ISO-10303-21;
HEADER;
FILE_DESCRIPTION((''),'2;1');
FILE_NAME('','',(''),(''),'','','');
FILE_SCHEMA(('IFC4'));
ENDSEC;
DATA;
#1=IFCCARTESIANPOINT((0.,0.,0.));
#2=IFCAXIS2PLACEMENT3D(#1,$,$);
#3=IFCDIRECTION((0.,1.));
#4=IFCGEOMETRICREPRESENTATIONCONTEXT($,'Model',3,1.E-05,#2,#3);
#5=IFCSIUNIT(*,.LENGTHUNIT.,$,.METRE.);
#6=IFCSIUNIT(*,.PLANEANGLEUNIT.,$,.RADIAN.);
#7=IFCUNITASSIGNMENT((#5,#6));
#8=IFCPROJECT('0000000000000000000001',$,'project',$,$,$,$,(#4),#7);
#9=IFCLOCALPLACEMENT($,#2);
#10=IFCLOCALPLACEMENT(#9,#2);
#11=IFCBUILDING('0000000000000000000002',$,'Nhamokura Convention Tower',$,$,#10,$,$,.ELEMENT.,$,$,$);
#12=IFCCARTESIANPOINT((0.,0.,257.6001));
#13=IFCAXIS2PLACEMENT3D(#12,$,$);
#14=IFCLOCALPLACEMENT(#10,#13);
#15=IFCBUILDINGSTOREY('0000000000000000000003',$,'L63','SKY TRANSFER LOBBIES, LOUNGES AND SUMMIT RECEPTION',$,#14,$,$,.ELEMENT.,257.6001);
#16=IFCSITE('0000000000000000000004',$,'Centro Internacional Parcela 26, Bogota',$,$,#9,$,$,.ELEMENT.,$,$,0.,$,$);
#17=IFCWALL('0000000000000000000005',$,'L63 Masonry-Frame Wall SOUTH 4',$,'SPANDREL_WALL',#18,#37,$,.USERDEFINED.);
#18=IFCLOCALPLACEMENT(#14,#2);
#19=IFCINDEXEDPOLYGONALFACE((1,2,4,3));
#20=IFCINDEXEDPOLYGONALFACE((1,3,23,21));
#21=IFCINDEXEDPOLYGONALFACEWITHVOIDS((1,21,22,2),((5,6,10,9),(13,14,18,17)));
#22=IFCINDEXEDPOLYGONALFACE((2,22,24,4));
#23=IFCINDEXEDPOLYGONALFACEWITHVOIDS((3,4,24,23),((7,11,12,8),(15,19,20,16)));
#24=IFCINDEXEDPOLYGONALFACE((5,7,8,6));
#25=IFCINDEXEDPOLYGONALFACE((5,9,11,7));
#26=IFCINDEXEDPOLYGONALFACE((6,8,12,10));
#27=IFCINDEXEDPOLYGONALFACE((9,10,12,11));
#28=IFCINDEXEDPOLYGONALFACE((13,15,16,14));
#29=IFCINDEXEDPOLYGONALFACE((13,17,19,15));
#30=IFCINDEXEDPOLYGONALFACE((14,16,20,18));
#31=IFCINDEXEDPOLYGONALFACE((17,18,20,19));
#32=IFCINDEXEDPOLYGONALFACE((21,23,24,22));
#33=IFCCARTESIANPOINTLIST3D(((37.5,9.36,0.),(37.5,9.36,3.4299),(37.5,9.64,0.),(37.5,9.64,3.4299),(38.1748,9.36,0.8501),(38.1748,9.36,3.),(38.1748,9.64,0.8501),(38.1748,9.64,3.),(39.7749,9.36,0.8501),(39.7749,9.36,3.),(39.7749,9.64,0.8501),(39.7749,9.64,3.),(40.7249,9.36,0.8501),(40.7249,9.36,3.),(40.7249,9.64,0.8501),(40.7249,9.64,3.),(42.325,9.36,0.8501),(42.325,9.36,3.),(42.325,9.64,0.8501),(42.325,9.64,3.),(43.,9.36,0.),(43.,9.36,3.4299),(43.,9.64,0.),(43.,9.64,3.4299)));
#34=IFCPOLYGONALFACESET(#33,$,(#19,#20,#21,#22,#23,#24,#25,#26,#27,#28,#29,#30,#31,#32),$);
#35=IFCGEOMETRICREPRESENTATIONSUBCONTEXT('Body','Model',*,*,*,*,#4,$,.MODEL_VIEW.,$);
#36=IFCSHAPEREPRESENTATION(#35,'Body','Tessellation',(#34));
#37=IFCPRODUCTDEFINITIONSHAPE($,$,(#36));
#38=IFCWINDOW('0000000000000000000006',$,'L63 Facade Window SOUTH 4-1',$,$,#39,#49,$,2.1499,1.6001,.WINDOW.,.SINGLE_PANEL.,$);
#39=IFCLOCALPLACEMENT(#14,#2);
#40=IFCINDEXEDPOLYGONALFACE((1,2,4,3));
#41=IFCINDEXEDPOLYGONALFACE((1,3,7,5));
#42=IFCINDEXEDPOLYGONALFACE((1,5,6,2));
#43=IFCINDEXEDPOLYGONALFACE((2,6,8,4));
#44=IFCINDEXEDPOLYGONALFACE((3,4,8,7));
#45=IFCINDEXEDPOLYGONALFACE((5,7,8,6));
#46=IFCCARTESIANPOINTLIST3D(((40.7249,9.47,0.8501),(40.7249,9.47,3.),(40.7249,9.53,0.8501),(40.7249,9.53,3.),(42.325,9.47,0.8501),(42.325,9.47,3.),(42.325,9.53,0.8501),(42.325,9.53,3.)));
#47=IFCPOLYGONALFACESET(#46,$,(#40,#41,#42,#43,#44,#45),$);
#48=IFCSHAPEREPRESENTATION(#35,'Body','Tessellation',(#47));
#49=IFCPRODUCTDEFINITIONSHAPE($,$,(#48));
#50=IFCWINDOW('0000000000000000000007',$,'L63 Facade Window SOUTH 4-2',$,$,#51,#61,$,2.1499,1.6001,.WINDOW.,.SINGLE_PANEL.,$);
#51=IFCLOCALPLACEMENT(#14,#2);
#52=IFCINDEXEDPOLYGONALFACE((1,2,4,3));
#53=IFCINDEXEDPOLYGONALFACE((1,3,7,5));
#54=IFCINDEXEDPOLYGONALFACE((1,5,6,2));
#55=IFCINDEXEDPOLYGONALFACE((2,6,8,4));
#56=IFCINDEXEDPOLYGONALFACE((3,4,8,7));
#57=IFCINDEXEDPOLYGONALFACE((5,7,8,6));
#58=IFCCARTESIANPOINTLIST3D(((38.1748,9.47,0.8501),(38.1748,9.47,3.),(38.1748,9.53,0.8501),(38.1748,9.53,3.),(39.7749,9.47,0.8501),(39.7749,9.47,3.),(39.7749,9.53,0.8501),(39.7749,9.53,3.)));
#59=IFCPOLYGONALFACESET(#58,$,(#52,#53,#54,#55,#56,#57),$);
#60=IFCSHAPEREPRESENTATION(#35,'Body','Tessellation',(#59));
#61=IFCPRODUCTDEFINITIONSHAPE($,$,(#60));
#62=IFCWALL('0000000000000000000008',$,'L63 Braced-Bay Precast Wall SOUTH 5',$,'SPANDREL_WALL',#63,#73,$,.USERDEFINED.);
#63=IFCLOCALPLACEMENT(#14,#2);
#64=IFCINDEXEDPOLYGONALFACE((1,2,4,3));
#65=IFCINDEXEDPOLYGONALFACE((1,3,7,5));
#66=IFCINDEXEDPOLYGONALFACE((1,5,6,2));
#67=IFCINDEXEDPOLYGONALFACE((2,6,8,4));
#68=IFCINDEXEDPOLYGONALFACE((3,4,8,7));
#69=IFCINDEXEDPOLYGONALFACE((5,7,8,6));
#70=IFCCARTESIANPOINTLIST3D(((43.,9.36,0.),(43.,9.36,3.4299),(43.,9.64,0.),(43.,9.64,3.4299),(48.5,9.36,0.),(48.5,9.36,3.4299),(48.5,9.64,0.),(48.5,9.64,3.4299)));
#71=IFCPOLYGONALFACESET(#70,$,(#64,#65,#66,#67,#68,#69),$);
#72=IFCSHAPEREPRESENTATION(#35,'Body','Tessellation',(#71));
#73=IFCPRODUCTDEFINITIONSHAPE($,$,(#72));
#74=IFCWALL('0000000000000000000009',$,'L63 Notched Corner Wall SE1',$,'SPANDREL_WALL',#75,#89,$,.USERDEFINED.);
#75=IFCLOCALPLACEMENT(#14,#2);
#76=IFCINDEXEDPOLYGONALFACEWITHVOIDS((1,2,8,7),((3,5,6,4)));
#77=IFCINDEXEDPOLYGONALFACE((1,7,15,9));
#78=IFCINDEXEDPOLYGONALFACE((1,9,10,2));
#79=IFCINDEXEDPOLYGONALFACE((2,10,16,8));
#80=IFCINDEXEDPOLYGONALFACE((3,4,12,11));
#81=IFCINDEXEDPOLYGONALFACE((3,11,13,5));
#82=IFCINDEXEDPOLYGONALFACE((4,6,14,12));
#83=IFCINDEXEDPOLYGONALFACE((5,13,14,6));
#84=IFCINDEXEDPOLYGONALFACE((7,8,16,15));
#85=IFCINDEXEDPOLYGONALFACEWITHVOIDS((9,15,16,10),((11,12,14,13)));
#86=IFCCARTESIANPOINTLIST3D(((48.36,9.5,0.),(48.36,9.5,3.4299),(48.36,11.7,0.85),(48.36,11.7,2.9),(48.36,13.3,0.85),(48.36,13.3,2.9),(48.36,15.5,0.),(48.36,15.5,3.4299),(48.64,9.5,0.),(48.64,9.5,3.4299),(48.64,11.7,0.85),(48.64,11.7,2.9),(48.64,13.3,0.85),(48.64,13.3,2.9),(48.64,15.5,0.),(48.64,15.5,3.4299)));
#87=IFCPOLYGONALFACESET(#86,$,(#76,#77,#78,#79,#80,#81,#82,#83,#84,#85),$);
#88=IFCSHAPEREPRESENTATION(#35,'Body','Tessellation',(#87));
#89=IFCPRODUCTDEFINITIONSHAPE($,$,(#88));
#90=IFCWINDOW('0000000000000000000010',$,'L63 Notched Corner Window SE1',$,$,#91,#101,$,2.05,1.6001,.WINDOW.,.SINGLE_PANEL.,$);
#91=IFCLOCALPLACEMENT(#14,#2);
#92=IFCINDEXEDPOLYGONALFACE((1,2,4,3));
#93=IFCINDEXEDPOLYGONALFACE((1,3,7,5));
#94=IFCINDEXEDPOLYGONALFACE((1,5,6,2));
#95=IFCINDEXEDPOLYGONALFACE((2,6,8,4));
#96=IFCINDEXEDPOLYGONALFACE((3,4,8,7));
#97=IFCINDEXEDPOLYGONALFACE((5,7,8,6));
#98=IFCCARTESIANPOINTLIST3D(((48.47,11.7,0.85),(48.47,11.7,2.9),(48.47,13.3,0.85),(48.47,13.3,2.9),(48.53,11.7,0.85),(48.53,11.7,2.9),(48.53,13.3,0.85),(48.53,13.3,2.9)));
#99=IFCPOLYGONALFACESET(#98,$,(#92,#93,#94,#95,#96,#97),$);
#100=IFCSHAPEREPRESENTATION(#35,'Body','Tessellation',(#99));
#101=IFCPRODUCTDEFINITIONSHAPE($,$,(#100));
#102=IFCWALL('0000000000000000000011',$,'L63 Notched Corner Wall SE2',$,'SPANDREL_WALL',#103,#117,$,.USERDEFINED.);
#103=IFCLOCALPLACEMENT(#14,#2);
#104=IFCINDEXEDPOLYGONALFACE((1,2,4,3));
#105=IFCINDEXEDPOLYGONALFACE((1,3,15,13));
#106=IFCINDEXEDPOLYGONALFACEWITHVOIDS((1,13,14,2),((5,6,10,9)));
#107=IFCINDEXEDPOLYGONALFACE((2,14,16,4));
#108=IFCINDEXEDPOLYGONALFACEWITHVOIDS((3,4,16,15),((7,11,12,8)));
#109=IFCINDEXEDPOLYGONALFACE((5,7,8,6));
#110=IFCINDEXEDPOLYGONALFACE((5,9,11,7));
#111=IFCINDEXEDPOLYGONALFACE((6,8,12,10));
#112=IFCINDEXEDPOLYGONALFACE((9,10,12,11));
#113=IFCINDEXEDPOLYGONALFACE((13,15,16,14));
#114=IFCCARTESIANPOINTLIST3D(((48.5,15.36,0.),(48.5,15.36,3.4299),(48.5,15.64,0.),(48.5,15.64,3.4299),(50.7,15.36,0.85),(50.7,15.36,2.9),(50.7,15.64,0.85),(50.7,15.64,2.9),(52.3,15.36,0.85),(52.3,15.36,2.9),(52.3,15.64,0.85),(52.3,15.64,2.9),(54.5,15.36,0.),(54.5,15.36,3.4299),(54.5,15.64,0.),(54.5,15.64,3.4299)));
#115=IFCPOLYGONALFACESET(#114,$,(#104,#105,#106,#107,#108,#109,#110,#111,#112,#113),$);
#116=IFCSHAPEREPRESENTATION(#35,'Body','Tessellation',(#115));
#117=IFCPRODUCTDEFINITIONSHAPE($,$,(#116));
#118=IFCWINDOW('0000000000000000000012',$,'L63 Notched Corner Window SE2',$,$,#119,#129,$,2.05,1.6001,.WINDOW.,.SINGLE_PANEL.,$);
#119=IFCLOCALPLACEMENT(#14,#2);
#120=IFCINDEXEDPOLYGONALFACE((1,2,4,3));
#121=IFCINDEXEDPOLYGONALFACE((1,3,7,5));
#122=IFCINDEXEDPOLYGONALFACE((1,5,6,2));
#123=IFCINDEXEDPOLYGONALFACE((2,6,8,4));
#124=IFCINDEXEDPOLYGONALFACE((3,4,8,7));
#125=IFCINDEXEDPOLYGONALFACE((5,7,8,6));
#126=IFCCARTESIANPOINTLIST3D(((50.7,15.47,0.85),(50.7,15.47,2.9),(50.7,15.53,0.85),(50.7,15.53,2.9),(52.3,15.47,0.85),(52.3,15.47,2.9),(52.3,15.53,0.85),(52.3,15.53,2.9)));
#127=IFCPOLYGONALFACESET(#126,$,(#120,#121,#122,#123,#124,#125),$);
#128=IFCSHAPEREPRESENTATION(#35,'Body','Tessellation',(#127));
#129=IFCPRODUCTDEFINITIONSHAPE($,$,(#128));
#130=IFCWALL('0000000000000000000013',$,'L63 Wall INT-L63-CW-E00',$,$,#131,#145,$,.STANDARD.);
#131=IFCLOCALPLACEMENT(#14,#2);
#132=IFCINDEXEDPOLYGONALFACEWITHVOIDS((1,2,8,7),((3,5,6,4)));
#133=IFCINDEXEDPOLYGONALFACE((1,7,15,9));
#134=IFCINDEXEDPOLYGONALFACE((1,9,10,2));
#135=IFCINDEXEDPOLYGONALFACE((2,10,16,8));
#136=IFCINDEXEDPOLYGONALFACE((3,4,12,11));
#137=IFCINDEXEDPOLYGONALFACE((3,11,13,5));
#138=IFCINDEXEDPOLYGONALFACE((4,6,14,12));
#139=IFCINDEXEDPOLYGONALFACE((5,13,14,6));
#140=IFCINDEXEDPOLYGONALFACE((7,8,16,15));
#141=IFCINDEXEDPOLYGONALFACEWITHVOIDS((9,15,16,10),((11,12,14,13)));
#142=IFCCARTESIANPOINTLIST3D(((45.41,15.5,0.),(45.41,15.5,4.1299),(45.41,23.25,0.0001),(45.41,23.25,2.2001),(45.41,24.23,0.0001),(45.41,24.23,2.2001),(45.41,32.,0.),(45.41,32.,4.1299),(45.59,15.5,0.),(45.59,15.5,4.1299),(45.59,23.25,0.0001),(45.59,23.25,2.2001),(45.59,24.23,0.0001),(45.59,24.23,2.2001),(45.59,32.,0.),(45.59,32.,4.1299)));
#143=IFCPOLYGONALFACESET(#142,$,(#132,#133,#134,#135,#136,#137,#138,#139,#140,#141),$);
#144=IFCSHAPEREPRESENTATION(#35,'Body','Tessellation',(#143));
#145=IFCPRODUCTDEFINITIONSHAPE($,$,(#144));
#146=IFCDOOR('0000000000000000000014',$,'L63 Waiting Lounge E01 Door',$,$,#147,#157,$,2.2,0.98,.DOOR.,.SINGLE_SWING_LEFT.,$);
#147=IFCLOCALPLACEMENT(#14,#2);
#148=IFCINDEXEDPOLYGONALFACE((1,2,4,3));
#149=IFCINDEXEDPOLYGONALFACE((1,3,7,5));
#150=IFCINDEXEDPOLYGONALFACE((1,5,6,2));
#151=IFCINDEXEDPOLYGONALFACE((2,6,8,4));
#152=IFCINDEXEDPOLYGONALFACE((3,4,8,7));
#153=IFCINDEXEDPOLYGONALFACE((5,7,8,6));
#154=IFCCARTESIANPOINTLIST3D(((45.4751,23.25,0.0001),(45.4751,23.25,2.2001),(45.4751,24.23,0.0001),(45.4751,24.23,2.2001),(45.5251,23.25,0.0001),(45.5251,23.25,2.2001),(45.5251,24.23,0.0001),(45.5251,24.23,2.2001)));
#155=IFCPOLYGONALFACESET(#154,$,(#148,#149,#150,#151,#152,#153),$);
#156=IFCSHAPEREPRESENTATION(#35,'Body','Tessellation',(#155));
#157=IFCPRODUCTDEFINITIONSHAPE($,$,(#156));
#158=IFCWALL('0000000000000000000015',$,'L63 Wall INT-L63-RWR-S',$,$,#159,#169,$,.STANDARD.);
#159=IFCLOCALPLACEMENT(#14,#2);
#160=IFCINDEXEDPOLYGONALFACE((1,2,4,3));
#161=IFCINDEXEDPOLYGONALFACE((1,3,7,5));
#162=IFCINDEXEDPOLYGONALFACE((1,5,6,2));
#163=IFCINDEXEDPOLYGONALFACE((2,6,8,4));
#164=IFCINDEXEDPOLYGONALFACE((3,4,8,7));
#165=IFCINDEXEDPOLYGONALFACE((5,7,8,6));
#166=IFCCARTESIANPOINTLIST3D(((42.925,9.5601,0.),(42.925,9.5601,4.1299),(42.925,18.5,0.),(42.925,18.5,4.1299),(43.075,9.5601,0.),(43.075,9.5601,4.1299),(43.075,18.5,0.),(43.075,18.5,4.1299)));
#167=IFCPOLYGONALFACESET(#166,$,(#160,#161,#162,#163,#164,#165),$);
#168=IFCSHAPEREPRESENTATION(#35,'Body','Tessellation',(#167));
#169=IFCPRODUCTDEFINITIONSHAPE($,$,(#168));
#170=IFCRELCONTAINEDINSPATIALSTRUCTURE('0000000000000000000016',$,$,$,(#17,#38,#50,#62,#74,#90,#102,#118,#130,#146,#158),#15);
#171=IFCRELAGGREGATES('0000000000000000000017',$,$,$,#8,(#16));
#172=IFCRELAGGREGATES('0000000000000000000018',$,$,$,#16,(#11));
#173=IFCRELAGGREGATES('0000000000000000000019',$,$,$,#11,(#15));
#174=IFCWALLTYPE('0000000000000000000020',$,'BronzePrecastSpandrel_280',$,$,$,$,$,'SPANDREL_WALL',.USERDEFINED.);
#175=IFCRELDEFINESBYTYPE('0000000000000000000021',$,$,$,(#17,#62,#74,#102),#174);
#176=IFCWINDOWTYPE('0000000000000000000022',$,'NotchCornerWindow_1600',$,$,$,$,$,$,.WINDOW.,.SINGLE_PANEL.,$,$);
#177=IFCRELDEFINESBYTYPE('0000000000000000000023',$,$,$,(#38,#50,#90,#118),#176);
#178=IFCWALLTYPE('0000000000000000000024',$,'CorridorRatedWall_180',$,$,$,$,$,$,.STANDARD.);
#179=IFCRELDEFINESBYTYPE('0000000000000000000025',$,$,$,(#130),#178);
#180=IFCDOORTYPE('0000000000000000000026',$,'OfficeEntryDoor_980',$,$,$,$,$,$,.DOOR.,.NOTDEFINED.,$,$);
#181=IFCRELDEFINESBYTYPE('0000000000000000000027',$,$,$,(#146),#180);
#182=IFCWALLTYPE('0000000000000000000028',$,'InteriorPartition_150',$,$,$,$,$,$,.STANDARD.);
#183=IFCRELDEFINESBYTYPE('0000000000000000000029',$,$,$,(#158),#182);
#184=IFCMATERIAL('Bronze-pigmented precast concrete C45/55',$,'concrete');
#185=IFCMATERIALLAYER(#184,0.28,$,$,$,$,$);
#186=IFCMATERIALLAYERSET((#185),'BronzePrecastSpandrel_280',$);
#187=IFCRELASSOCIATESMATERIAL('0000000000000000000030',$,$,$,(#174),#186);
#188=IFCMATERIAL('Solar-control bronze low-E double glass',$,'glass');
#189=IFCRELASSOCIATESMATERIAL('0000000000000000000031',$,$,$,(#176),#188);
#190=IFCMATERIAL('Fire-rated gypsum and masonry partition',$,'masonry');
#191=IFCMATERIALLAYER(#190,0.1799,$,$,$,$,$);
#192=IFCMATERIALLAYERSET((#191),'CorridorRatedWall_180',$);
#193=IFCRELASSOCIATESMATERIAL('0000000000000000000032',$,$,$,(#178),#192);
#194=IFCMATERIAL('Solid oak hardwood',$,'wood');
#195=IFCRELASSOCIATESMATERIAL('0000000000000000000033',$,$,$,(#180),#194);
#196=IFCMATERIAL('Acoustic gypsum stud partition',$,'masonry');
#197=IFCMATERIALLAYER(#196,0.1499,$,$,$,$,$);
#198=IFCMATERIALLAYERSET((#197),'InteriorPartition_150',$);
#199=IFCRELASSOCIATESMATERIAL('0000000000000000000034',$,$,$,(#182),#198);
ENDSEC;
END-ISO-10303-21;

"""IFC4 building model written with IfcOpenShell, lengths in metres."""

from ifc_helpers import new_model, si_unit, direction, frame, frame_2d, origin, place, context, subcontext, project, spatial, rectangle, extrude, material, layer, layer_set, type_object, element, fill, save


model = new_model("IFC4")

# Units and contexts
model_context = context("Model", 3, precision=1e-05, world=origin(), true_north=direction((0.0, 1.0)))
body_context = subcontext(model_context, "Body", "Model", "MODEL_VIEW")
ifc_project = project(units=[si_unit("LENGTHUNIT", "METRE"), si_unit("PLANEANGLEUNIT", "RADIAN")], contexts=[model_context])

# Site, building, storey
site_placement = place(None, origin())
site = spatial("IfcSite", under=ifc_project, at=site_placement, Name="Centro Internacional Parcela 26, Bogota", CompositionType="ELEMENT", RefElevation=0.0)
building_placement = place(site_placement, origin())
building = spatial("IfcBuilding", under=site, at=building_placement, Name="Nhamokura Convention Tower", CompositionType="ELEMENT")
storey_placement = place(building_placement, frame((0.0, 0.0, 257.6001)))
storey = spatial("IfcBuildingStorey", under=building, at=storey_placement, Name="L63", Description="SKY TRANSFER LOBBIES, LOUNGES AND SUMMIT RECEPTION", CompositionType="ELEMENT", Elevation=257.6001)

# Wall, openings, windows
ifc_material_1 = material(Name="Bronze-pigmented precast concrete C45/55", Category="concrete")
ifc_layer_1 = layer(ifc_material_1, 0.28)
ifc_layer_set_1 = layer_set([ifc_layer_1], Name="BronzePrecastSpandrel_280")
wall_type_1 = type_object("IfcWallType", Name="BronzePrecastSpandrel_280", ElementType="SPANDREL_WALL", PredefinedType="USERDEFINED", material=ifc_layer_set_1)
wall_1_placement = place(storey_placement, frame((43.0, 9.5, 0.0), z_axis=(0.0, 0.0, 1.0), x_axis=(-1.0, 0.0, 0.0)))
wall_1 = element("IfcWall", 1, at=wall_1_placement, inside=storey, type_object=wall_type_1, Name="L63 Masonry-Frame Wall SOUTH 4", ObjectType="SPANDREL_WALL", PredefinedType="USERDEFINED", context=body_context, shape_type="SweptSolid", body=[
    extrude(rectangle(XDim=5.5, YDim=0.28, at=frame_2d((2.75, 0.0))), origin(), (0.0, 0.0, 1.0), 3.4299),
])
opening_1_placement = place(wall_1_placement, frame((0.675, 0.0, 0.8501)))
opening_1 = element("IfcOpeningElement", 2, at=opening_1_placement, cuts=wall_1, PredefinedType="OPENING", context=body_context, shape_type="SweptSolid", body=[
    extrude(rectangle(XDim=1.6001, YDim=2.1499, at=frame_2d((0.8, 1.075))), frame((0.0, 0.1499, 0.0), z_axis=(0.0, -1.0, 0.0), x_axis=(1.0, 0.0, 0.0)), (0.0, 0.0, 1.0), 0.3),
])
opening_2_placement = place(wall_1_placement, frame((3.2251, 0.0, 0.8501)))
opening_2 = element("IfcOpeningElement", 3, at=opening_2_placement, cuts=wall_1, PredefinedType="OPENING", context=body_context, shape_type="SweptSolid", body=[
    extrude(rectangle(XDim=1.6001, YDim=2.1499, at=frame_2d((0.8, 1.075))), frame((0.0, 0.1499, 0.0), z_axis=(0.0, -1.0, 0.0), x_axis=(1.0, 0.0, 0.0)), (0.0, 0.0, 1.0), 0.3),
])
ifc_material_2 = material(Name="Solar-control bronze low-E double glass", Category="glass")
window_type = type_object("IfcWindowType", Name="NotchCornerWindow_1600", PartitioningType="SINGLE_PANEL", PredefinedType="WINDOW", material=ifc_material_2)
window_1_placement = place(opening_1_placement, origin())
window_1 = element("IfcWindow", 4, at=window_1_placement, inside=storey, type_object=window_type, Name="L63 Facade Window SOUTH 4-1", OverallHeight=2.1499, OverallWidth=1.6001, PartitioningType="SINGLE_PANEL", PredefinedType="WINDOW", context=body_context, shape_type="SweptSolid", body=[
    extrude(rectangle(XDim=1.6001, YDim=2.1499, at=frame_2d((0.8, 1.075))), frame((0.0, 0.03, 0.0), z_axis=(0.0, -1.0, 0.0), x_axis=(1.0, 0.0, 0.0)), (0.0, 0.0, 1.0), 0.0601),
])
fill(opening_1, window_1)
window_2_placement = place(opening_2_placement, origin())
window_2 = element("IfcWindow", 5, at=window_2_placement, inside=storey, type_object=window_type, Name="L63 Facade Window SOUTH 4-2", OverallHeight=2.1499, OverallWidth=1.6001, PartitioningType="SINGLE_PANEL", PredefinedType="WINDOW", context=body_context, shape_type="SweptSolid", body=[
    extrude(rectangle(XDim=1.6001, YDim=2.1499, at=frame_2d((0.8, 1.075))), frame((0.0, 0.03, 0.0), z_axis=(0.0, -1.0, 0.0), x_axis=(1.0, 0.0, 0.0)), (0.0, 0.0, 1.0), 0.0601),
])
fill(opening_2, window_2)

# Wall
wall_2_placement = place(storey_placement, frame((48.5, 9.5, 0.0), z_axis=(0.0, 0.0, 1.0), x_axis=(-1.0, 0.0, 0.0)))
element("IfcWall", 6, at=wall_2_placement, inside=storey, type_object=wall_type_1, Name="L63 Braced-Bay Precast Wall SOUTH 5", ObjectType="SPANDREL_WALL", PredefinedType="USERDEFINED", context=body_context, shape_type="SweptSolid", body=[
    extrude(rectangle(XDim=5.5, YDim=0.28, at=frame_2d((2.75, 0.0))), origin(), (0.0, 0.0, 1.0), 3.4299),
])

# Walls, openings, windows
wall_3_placement = place(storey_placement, frame((48.5, 15.5, 0.0), z_axis=(0.0, 0.0, 1.0), x_axis=(0.0, -1.0, 0.0)))
wall_3 = element("IfcWall", 7, at=wall_3_placement, inside=storey, type_object=wall_type_1, Name="L63 Notched Corner Wall SE1", ObjectType="SPANDREL_WALL", PredefinedType="USERDEFINED", context=body_context, shape_type="SweptSolid", body=[
    extrude(rectangle(XDim=6.0, YDim=0.28, at=frame_2d((3.0, 0.0))), origin(), (0.0, 0.0, 1.0), 3.4299),
])
opening_3_placement = place(wall_3_placement, frame((2.2, 0.0, 0.8501)))
opening_3 = element("IfcOpeningElement", 8, at=opening_3_placement, cuts=wall_3, PredefinedType="OPENING", context=body_context, shape_type="SweptSolid", body=[
    extrude(rectangle(XDim=1.6001, YDim=2.05, at=frame_2d((0.8, 1.0249))), frame((0.0, 0.1499, 0.0), z_axis=(0.0, -1.0, 0.0), x_axis=(1.0, 0.0, 0.0)), (0.0, 0.0, 1.0), 0.3),
])
window_3_placement = place(opening_3_placement, origin())
window_3 = element("IfcWindow", 9, at=window_3_placement, inside=storey, type_object=window_type, Name="L63 Notched Corner Window SE1", OverallHeight=2.05, OverallWidth=1.6001, PartitioningType="SINGLE_PANEL", PredefinedType="WINDOW", context=body_context, shape_type="SweptSolid", body=[
    extrude(rectangle(XDim=1.6001, YDim=2.05, at=frame_2d((0.8, 1.0249))), frame((0.0, 0.03, 0.0), z_axis=(0.0, -1.0, 0.0), x_axis=(1.0, 0.0, 0.0)), (0.0, 0.0, 1.0), 0.0601),
])
fill(opening_3, window_3)
wall_4_placement = place(storey_placement, frame((54.5, 15.5, 0.0), z_axis=(0.0, 0.0, 1.0), x_axis=(-1.0, 0.0, 0.0)))
wall_4 = element("IfcWall", 10, at=wall_4_placement, inside=storey, type_object=wall_type_1, Name="L63 Notched Corner Wall SE2", ObjectType="SPANDREL_WALL", PredefinedType="USERDEFINED", context=body_context, shape_type="SweptSolid", body=[
    extrude(rectangle(XDim=6.0, YDim=0.28, at=frame_2d((3.0, 0.0))), origin(), (0.0, 0.0, 1.0), 3.4299),
])
opening_4_placement = place(wall_4_placement, frame((2.2, 0.0, 0.8501)))
opening_4 = element("IfcOpeningElement", 11, at=opening_4_placement, cuts=wall_4, PredefinedType="OPENING", context=body_context, shape_type="SweptSolid", body=[
    extrude(rectangle(XDim=1.6001, YDim=2.05, at=frame_2d((0.8, 1.0249))), frame((0.0, 0.1499, 0.0), z_axis=(0.0, -1.0, 0.0), x_axis=(1.0, 0.0, 0.0)), (0.0, 0.0, 1.0), 0.3),
])
window_4_placement = place(opening_4_placement, origin())
window_4 = element("IfcWindow", 12, at=window_4_placement, inside=storey, type_object=window_type, Name="L63 Notched Corner Window SE2", OverallHeight=2.05, OverallWidth=1.6001, PartitioningType="SINGLE_PANEL", PredefinedType="WINDOW", context=body_context, shape_type="SweptSolid", body=[
    extrude(rectangle(XDim=1.6001, YDim=2.05, at=frame_2d((0.8, 1.0249))), frame((0.0, 0.03, 0.0), z_axis=(0.0, -1.0, 0.0), x_axis=(1.0, 0.0, 0.0)), (0.0, 0.0, 1.0), 0.0601),
])
fill(opening_4, window_4)

# Wall, opening, door
ifc_material_3 = material(Name="Fire-rated gypsum and masonry partition", Category="masonry")
ifc_layer_2 = layer(ifc_material_3, 0.1799)
ifc_layer_set_2 = layer_set([ifc_layer_2], Name="CorridorRatedWall_180")
wall_type_2 = type_object("IfcWallType", Name="CorridorRatedWall_180", PredefinedType="STANDARD", material=ifc_layer_set_2)
wall_5_placement = place(storey_placement, frame((45.5, 15.5, 0.0), z_axis=(0.0, 0.0, 1.0), x_axis=(0.0, 1.0, 0.0)))
wall_5 = element("IfcWall", 13, at=wall_5_placement, inside=storey, type_object=wall_type_2, Name="L63 Wall INT-L63-CW-E00", PredefinedType="STANDARD", context=body_context, shape_type="SweptSolid", body=[
    extrude(rectangle(XDim=16.5, YDim=0.1799, at=frame_2d((8.25, 0.0))), origin(), (0.0, 0.0, 1.0), 4.1299),
])
opening_5_placement = place(wall_5_placement, frame((7.75, 0.0, 0.0)))
opening_5 = element("IfcOpeningElement", 14, at=opening_5_placement, cuts=wall_5, PredefinedType="OPENING", context=body_context, shape_type="SweptSolid", body=[
    extrude(rectangle(XDim=0.98, YDim=2.2, at=frame_2d((0.49, 1.1001))), frame((0.0, 0.0999, 0.0), z_axis=(0.0, -1.0, 0.0), x_axis=(1.0, 0.0, 0.0)), (0.0, 0.0, 1.0), 0.2),
])
ifc_material_4 = material(Name="Solid oak hardwood", Category="wood")
door_type = type_object("IfcDoorType", Name="OfficeEntryDoor_980", OperationType="NOTDEFINED", PredefinedType="DOOR", material=ifc_material_4)
door_placement = place(opening_5_placement, origin())
door = element("IfcDoor", 15, at=door_placement, inside=storey, type_object=door_type, Name="L63 Waiting Lounge E01 Door", OperationType="SINGLE_SWING_LEFT", OverallHeight=2.2, OverallWidth=0.98, PredefinedType="DOOR", context=body_context, shape_type="SweptSolid", body=[
    extrude(rectangle(XDim=0.98, YDim=2.2, at=frame_2d((0.49, 1.1001))), frame((0.0, 0.0249, 0.0), z_axis=(0.0, -1.0, 0.0), x_axis=(1.0, 0.0, 0.0)), (0.0, 0.0, 1.0), 0.05),
])
fill(opening_5, door)

# Wall
ifc_material_5 = material(Name="Acoustic gypsum stud partition", Category="masonry")
ifc_layer_3 = layer(ifc_material_5, 0.1499)
ifc_layer_set_3 = layer_set([ifc_layer_3], Name="InteriorPartition_150")
wall_type_3 = type_object("IfcWallType", Name="InteriorPartition_150", PredefinedType="STANDARD", material=ifc_layer_set_3)
wall_6_placement = place(storey_placement, frame((43.0, 9.5601, 0.0), z_axis=(0.0, 0.0, 1.0), x_axis=(0.0, 1.0, 0.0)))
element("IfcWall", 16, at=wall_6_placement, inside=storey, type_object=wall_type_3, Name="L63 Wall INT-L63-RWR-S", PredefinedType="STANDARD", context=body_context, shape_type="SweptSolid", body=[
    extrude(rectangle(XDim=8.9399, YDim=0.1499, at=frame_2d((4.47, 0.0))), origin(), (0.0, 0.0, 1.0), 4.1299),
])

save(model, "model.ifc")
